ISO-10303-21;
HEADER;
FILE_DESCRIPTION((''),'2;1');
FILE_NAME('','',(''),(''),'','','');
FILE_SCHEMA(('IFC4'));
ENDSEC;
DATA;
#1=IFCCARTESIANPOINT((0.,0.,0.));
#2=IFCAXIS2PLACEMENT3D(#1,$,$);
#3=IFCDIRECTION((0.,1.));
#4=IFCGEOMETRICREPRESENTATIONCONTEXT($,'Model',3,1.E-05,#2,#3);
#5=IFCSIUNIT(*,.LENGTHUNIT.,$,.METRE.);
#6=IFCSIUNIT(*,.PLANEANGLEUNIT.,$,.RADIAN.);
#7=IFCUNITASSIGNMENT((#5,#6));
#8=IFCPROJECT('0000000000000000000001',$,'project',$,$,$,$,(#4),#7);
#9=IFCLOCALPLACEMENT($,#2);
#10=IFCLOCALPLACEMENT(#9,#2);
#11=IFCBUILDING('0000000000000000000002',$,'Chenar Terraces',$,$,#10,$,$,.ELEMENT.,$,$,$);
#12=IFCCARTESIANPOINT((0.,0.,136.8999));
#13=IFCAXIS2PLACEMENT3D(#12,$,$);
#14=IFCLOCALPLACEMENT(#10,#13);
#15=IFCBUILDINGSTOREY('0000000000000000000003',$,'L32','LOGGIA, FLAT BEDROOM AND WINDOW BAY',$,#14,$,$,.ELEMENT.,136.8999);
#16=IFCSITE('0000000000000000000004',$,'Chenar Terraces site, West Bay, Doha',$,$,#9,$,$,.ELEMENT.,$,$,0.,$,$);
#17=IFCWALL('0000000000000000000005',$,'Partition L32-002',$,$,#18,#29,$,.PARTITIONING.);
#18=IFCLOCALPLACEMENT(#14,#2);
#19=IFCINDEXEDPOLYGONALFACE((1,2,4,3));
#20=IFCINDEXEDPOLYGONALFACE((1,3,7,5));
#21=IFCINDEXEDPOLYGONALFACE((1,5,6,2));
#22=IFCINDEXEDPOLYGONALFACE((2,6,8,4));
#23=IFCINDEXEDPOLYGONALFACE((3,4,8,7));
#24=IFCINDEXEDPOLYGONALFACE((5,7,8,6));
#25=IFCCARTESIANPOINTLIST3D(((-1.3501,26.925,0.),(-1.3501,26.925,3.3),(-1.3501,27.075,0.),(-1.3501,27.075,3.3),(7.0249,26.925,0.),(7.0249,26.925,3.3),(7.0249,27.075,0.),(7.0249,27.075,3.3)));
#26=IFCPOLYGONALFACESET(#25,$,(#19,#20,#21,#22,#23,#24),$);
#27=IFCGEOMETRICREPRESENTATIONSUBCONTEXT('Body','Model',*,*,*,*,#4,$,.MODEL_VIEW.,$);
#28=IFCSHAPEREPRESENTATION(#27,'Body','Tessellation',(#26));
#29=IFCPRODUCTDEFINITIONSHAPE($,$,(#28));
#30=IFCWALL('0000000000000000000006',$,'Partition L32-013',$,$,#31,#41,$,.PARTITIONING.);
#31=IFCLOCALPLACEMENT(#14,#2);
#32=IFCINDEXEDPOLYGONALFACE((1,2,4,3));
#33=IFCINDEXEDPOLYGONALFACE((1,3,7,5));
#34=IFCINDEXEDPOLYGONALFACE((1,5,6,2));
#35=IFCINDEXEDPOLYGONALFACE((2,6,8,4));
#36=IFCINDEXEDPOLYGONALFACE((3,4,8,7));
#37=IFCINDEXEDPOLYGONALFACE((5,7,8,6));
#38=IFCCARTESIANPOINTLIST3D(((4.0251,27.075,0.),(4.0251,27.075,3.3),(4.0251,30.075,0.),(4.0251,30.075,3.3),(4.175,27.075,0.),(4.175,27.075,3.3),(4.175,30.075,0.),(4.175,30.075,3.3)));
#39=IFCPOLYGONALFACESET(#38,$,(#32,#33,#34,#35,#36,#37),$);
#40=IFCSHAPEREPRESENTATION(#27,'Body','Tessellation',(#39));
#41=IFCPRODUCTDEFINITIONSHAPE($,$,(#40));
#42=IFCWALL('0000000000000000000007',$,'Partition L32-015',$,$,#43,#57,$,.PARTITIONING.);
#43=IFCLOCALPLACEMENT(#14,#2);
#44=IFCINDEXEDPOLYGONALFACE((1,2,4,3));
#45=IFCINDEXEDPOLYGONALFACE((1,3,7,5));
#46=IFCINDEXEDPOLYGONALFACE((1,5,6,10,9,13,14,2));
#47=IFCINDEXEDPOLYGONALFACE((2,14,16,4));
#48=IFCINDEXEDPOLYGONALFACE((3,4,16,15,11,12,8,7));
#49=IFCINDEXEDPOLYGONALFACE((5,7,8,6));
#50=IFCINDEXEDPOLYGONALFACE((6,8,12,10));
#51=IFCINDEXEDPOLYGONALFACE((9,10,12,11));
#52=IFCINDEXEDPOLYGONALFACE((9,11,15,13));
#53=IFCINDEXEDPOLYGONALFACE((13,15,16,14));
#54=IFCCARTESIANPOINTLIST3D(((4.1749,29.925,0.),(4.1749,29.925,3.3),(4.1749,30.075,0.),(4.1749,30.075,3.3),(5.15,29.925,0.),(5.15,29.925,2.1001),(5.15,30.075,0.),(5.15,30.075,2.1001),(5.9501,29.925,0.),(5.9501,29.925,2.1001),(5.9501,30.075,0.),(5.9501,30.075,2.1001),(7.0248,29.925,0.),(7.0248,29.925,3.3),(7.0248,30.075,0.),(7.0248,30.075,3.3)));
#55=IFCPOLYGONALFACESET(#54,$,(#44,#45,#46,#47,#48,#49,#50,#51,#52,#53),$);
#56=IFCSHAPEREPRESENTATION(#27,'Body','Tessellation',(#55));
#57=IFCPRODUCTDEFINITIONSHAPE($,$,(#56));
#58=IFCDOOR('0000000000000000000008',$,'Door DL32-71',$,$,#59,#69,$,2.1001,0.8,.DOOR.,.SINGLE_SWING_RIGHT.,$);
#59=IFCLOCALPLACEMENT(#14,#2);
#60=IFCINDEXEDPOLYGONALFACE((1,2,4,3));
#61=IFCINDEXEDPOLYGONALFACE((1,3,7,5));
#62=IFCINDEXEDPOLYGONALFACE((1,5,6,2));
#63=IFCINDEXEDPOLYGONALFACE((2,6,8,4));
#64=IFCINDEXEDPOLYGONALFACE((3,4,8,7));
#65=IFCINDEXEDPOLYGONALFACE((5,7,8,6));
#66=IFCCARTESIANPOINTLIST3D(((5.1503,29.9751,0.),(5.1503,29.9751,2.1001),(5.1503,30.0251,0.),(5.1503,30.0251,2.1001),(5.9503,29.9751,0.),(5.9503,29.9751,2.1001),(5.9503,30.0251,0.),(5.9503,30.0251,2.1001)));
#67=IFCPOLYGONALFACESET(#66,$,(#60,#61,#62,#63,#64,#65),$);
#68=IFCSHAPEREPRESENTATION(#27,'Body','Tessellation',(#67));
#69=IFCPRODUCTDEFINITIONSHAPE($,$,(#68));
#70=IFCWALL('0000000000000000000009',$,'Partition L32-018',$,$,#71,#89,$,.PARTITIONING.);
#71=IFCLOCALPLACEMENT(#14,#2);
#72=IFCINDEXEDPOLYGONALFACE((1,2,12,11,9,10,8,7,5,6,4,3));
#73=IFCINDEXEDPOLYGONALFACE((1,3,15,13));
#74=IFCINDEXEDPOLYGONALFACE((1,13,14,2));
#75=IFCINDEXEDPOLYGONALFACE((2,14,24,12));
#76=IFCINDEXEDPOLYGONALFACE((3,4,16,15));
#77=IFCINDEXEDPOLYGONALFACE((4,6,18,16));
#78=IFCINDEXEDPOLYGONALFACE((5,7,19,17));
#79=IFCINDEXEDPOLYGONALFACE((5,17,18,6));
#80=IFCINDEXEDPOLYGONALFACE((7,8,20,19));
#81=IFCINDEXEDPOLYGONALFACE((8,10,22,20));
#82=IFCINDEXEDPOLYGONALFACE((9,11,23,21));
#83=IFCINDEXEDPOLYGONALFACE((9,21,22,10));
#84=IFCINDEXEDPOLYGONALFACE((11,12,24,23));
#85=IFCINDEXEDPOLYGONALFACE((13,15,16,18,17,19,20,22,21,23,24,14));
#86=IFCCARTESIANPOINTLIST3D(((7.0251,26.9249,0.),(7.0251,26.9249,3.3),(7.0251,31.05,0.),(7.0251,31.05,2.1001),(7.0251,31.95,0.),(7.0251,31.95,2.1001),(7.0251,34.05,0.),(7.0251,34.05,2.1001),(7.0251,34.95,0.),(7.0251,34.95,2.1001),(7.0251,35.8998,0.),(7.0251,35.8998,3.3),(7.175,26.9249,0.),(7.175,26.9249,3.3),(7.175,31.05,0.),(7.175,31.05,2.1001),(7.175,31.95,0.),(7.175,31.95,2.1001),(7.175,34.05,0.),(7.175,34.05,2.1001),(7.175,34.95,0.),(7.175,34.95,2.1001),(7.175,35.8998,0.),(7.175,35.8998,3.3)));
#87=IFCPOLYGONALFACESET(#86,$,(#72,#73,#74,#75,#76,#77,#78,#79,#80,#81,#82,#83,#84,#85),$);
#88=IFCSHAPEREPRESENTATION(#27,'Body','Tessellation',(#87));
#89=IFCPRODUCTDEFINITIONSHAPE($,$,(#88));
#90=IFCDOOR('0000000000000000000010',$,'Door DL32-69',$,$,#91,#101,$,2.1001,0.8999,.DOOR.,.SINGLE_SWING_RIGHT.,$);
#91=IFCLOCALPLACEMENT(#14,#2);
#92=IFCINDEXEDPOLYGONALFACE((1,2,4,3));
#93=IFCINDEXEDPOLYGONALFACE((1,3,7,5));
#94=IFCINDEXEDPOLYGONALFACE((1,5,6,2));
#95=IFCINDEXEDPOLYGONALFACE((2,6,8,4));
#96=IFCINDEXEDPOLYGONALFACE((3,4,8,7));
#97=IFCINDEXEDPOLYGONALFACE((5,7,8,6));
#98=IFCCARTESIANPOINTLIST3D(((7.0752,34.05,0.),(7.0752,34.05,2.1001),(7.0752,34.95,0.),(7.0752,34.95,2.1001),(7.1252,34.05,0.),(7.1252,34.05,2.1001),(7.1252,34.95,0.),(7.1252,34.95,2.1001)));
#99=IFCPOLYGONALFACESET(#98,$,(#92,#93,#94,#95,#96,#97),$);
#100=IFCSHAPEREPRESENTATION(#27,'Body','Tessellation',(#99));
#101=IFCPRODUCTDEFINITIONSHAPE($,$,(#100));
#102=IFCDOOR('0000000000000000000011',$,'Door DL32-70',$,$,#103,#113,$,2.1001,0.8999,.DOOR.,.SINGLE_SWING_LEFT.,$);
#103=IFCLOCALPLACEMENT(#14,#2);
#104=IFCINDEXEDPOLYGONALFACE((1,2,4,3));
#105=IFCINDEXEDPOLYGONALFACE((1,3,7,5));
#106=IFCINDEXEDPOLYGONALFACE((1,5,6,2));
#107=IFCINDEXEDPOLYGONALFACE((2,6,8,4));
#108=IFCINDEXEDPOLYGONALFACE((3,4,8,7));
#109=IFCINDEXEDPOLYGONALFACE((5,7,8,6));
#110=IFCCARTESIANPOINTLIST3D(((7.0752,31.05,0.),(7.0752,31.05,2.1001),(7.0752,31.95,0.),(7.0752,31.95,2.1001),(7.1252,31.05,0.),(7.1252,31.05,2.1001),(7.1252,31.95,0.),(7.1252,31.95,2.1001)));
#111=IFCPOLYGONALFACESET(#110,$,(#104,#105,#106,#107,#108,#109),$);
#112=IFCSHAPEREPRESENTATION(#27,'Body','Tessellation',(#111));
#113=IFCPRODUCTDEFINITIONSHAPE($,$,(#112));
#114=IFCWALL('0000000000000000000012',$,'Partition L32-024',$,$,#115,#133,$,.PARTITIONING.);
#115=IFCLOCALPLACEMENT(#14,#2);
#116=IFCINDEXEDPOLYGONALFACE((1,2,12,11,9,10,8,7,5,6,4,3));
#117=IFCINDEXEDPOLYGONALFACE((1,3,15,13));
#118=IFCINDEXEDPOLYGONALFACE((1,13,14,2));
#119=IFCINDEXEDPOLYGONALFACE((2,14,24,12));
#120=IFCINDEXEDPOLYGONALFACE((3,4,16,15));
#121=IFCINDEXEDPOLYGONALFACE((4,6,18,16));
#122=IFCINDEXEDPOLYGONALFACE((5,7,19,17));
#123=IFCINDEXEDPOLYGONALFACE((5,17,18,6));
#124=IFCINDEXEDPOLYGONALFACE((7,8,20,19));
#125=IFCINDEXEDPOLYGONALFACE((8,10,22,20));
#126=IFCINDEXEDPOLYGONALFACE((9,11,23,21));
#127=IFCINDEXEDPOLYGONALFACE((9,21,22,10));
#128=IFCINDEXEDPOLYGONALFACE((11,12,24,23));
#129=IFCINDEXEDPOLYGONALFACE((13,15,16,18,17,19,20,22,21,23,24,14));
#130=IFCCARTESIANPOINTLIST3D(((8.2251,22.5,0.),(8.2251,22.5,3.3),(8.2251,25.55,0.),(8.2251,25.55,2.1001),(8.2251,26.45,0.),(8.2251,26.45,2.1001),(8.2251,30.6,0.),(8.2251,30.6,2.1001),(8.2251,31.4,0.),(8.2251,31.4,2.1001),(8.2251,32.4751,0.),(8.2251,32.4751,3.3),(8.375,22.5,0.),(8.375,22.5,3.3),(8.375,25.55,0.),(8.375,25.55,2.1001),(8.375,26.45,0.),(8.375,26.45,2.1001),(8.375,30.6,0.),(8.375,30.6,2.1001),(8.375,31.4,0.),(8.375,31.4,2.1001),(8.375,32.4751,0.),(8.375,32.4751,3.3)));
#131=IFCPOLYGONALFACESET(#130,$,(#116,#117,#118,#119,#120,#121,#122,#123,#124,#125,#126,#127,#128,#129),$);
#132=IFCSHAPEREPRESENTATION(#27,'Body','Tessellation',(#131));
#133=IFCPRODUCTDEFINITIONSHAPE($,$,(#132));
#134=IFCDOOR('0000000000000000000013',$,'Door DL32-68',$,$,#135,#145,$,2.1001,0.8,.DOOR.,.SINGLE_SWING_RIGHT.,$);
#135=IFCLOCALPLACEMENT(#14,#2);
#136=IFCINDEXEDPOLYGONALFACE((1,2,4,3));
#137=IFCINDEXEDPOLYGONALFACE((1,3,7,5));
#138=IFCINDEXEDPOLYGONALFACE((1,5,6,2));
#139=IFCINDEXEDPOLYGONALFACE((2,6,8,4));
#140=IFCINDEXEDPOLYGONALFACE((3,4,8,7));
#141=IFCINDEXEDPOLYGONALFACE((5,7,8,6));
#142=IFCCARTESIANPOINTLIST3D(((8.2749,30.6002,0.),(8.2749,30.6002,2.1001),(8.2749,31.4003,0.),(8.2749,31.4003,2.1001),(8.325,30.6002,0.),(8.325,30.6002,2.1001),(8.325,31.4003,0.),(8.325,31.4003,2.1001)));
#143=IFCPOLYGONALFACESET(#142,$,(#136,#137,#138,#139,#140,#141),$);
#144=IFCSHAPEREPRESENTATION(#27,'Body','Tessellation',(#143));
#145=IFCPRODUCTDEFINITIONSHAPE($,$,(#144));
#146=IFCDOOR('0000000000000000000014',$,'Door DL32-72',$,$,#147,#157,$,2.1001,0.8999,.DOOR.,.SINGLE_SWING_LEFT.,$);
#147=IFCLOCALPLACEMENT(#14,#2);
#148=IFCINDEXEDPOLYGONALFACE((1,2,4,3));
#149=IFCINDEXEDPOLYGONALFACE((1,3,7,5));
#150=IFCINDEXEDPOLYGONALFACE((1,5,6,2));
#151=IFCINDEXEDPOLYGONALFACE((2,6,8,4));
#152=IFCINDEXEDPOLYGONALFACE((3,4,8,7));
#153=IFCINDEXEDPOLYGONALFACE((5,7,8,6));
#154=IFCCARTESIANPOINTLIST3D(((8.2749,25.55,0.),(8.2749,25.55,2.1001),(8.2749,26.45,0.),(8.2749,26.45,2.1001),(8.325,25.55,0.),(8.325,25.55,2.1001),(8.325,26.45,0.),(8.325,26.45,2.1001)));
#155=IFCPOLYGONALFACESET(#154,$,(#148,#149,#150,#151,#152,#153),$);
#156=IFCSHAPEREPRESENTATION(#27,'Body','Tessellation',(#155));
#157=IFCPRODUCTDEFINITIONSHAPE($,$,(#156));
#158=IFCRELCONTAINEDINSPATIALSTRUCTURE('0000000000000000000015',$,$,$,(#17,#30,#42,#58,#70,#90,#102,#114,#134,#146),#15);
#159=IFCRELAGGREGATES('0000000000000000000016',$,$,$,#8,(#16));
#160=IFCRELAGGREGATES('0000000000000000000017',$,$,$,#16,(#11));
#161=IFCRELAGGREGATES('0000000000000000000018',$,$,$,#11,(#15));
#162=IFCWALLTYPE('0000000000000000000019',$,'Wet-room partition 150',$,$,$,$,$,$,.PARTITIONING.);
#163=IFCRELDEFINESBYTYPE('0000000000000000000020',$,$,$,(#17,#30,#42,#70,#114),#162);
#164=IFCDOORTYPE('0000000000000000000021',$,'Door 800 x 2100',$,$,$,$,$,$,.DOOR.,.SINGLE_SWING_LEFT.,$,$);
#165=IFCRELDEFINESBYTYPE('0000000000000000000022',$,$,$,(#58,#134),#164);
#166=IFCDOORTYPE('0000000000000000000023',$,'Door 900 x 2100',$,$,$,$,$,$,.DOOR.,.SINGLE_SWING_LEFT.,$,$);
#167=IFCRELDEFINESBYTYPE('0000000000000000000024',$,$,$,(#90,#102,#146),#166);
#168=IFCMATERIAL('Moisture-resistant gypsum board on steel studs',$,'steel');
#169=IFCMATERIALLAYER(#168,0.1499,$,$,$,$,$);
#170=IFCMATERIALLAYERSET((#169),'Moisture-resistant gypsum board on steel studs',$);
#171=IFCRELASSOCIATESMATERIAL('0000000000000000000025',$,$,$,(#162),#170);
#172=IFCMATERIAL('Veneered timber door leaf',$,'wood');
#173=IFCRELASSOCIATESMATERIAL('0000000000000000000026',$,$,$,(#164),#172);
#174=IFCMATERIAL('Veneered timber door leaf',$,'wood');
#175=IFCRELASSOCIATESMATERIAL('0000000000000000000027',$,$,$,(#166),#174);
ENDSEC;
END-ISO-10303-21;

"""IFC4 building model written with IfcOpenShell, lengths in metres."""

from ifc_helpers import new_model, si_unit, direction, frame, frame_2d, origin, place, context, subcontext, project, spatial, rectangle, extrude, material, layer, layer_set, type_object, element, fill, save


model = new_model("IFC4")

# Units and contexts
model_context = context("Model", 3, precision=1e-05, world=origin(), true_north=direction((0.0, 1.0)))
body_context = subcontext(model_context, "Body", "Model", "MODEL_VIEW")
ifc_project = project(units=[si_unit("LENGTHUNIT", "METRE"), si_unit("PLANEANGLEUNIT", "RADIAN")], contexts=[model_context])

# Site, building, storey
site_placement = place(None, origin())
site = spatial("IfcSite", under=ifc_project, at=site_placement, Name="Chenar Terraces site, West Bay, Doha", CompositionType="ELEMENT", RefElevation=0.0)
building_placement = place(site_placement, origin())
building = spatial("IfcBuilding", under=site, at=building_placement, Name="Chenar Terraces", CompositionType="ELEMENT")
storey_placement = place(building_placement, frame((0.0, 0.0, 136.8999)))
storey = spatial("IfcBuildingStorey", under=building, at=storey_placement, Name="L32", Description="LOGGIA, FLAT BEDROOM AND WINDOW BAY", CompositionType="ELEMENT", Elevation=136.8999)

# Walls
ifc_material_1 = material(Name="Moisture-resistant gypsum board on steel studs", Category="steel")
ifc_layer_1 = layer(ifc_material_1, 0.1499)
ifc_layer_set_1 = layer_set([ifc_layer_1], Name="Moisture-resistant gypsum board on steel studs")
wall_type_1 = type_object("IfcWallType", Name="Wet-room partition 150", PredefinedType="PARTITIONING", material=ifc_layer_set_1)
wall_1_placement = place(storey_placement, frame((-1.3501, 27.0, 0.0), z_axis=(0.0, 0.0, 1.0), x_axis=(1.0, 0.0, 0.0)))
element("IfcWall", 1, at=wall_1_placement, inside=storey, type_object=wall_type_1, Name="Partition L32-002", PredefinedType="PARTITIONING", context=body_context, shape_type="SweptSolid", body=[
    extrude(rectangle(XDim=8.375, YDim=0.1499, at=frame_2d((4.1875, 0.0))), origin(), (0.0, 0.0, 1.0), 3.3),
])
wall_2_placement = place(storey_placement, frame((4.1001, 27.075, 0.0), z_axis=(0.0, 0.0, 1.0), x_axis=(0.0, 1.0, 0.0)))
element("IfcWall", 2, at=wall_2_placement, inside=storey, type_object=wall_type_1, Name="Partition L32-013", PredefinedType="PARTITIONING", context=body_context, shape_type="SweptSolid", body=[
    extrude(rectangle(XDim=3.0, YDim=0.1499, at=frame_2d((1.5, 0.0))), origin(), (0.0, 0.0, 1.0), 3.3),
])

# Wall, opening, door
wall_3_placement = place(storey_placement, frame((4.175, 30.0, 0.0), z_axis=(0.0, 0.0, 1.0), x_axis=(1.0, 0.0, 0.0)))
wall_3 = element("IfcWall", 3, at=wall_3_placement, inside=storey, type_object=wall_type_1, Name="Partition L32-015", PredefinedType="PARTITIONING", context=body_context, shape_type="SweptSolid", body=[
    extrude(rectangle(XDim=2.8499, YDim=0.1499, at=frame_2d((1.4248, 0.0))), origin(), (0.0, 0.0, 1.0), 3.3),
])
opening_1_placement = place(wall_3_placement, frame((0.9751, 0.0, 0.0)))
opening_1 = element("IfcOpeningElement", 4, at=opening_1_placement, cuts=wall_3, PredefinedType="OPENING", context=body_context, shape_type="SweptSolid", body=[
    extrude(rectangle(XDim=0.8, YDim=2.1001, at=frame_2d((0.3999, 1.05))), frame((0.0, 0.085, 0.0), z_axis=(0.0, -1.0, 0.0), x_axis=(1.0, 0.0, 0.0)), (0.0, 0.0, 1.0), 0.1699),
])
ifc_material_2 = material(Name="Veneered timber door leaf", Category="wood")
door_type_1 = type_object("IfcDoorType", Name="Door 800 x 2100", OperationType="SINGLE_SWING_LEFT", PredefinedType="DOOR", material=ifc_material_2)
door_1_placement = place(opening_1_placement, frame((0.8, 0.0, 0.0), z_axis=(0.0, 0.0, 1.0), x_axis=(-1.0, 0.0, 0.0)))
door_1 = element("IfcDoor", 5, at=door_1_placement, inside=storey, type_object=door_type_1, Name="Door DL32-71", OperationType="SINGLE_SWING_RIGHT", OverallHeight=2.1001, OverallWidth=0.8, PredefinedType="DOOR", context=body_context, shape_type="SweptSolid", body=[
    extrude(rectangle(XDim=0.8, YDim=2.1001, at=frame_2d((0.3999, 1.05))), frame((0.0, 0.0249, 0.0), z_axis=(0.0, -1.0, 0.0), x_axis=(1.0, 0.0, 0.0)), (0.0, 0.0, 1.0), 0.05),
])
fill(opening_1, door_1)

# Walls, openings, doors
wall_4_placement = place(storey_placement, frame((7.1001, 26.925, 0.0), z_axis=(0.0, 0.0, 1.0), x_axis=(0.0, 1.0, 0.0)))
wall_4 = element("IfcWall", 6, at=wall_4_placement, inside=storey, type_object=wall_type_1, Name="Partition L32-018", PredefinedType="PARTITIONING", context=body_context, shape_type="SweptSolid", body=[
    extrude(rectangle(XDim=8.9749, YDim=0.1499, at=frame_2d((4.4873, 0.0))), origin(), (0.0, 0.0, 1.0), 3.3),
])
opening_2_placement = place(wall_4_placement, frame((7.125, 0.0, 0.0)))
opening_2 = element("IfcOpeningElement", 7, at=opening_2_placement, cuts=wall_4, PredefinedType="OPENING", context=body_context, shape_type="SweptSolid", body=[
    extrude(rectangle(XDim=0.8999, YDim=2.1001, at=frame_2d((0.45, 1.05))), frame((0.0, 0.085, 0.0), z_axis=(0.0, -1.0, 0.0), x_axis=(1.0, 0.0, 0.0)), (0.0, 0.0, 1.0), 0.1699),
])
opening_3_placement = place(wall_4_placement, frame((4.125, 0.0, 0.0)))
opening_3 = element("IfcOpeningElement", 8, at=opening_3_placement, cuts=wall_4, PredefinedType="OPENING", context=body_context, shape_type="SweptSolid", body=[
    extrude(rectangle(XDim=0.8999, YDim=2.1001, at=frame_2d((0.45, 1.05))), frame((0.0, 0.085, 0.0), z_axis=(0.0, -1.0, 0.0), x_axis=(1.0, 0.0, 0.0)), (0.0, 0.0, 1.0), 0.1699),
])
ifc_material_3 = material(Name="Veneered timber door leaf", Category="wood")
door_type_2 = type_object("IfcDoorType", Name="Door 900 x 2100", OperationType="SINGLE_SWING_LEFT", PredefinedType="DOOR", material=ifc_material_3)
door_2_placement = place(opening_2_placement, origin())
door_2 = element("IfcDoor", 9, at=door_2_placement, inside=storey, type_object=door_type_2, Name="Door DL32-69", OperationType="SINGLE_SWING_RIGHT", OverallHeight=2.1001, OverallWidth=0.8999, PredefinedType="DOOR", context=body_context, shape_type="SweptSolid", body=[
    extrude(rectangle(XDim=0.8999, YDim=2.1001, at=frame_2d((0.45, 1.05))), frame((0.0, 0.0249, 0.0), z_axis=(0.0, -1.0, 0.0), x_axis=(1.0, 0.0, 0.0)), (0.0, 0.0, 1.0), 0.05),
])
fill(opening_2, door_2)
door_3_placement = place(opening_3_placement, origin())
door_3 = element("IfcDoor", 10, at=door_3_placement, inside=storey, type_object=door_type_2, Name="Door DL32-70", OperationType="SINGLE_SWING_LEFT", OverallHeight=2.1001, OverallWidth=0.8999, PredefinedType="DOOR", context=body_context, shape_type="SweptSolid", body=[
    extrude(rectangle(XDim=0.8999, YDim=2.1001, at=frame_2d((0.45, 1.05))), frame((0.0, 0.0249, 0.0), z_axis=(0.0, -1.0, 0.0), x_axis=(1.0, 0.0, 0.0)), (0.0, 0.0, 1.0), 0.05),
])
fill(opening_3, door_3)
wall_5_placement = place(storey_placement, frame((8.3, 22.5, 0.0), z_axis=(0.0, 0.0, 1.0), x_axis=(0.0, 1.0, 0.0)))
wall_5 = element("IfcWall", 11, at=wall_5_placement, inside=storey, type_object=wall_type_1, Name="Partition L32-024", PredefinedType="PARTITIONING", context=body_context, shape_type="SweptSolid", body=[
    extrude(rectangle(XDim=9.9751, YDim=0.1499, at=frame_2d((4.9875, 0.0))), origin(), (0.0, 0.0, 1.0), 3.3),
])
opening_4_placement = place(wall_5_placement, frame((8.1001, 0.0, 0.0)))
opening_4 = element("IfcOpeningElement", 12, at=opening_4_placement, cuts=wall_5, PredefinedType="OPENING", context=body_context, shape_type="SweptSolid", body=[
    extrude(rectangle(XDim=0.8, YDim=2.1001, at=frame_2d((0.3999, 1.05))), frame((0.0, 0.085, 0.0), z_axis=(0.0, -1.0, 0.0), x_axis=(1.0, 0.0, 0.0)), (0.0, 0.0, 1.0), 0.1699),
])
opening_5_placement = place(wall_5_placement, frame((3.05, 0.0, 0.0)))
opening_5 = element("IfcOpeningElement", 13, at=opening_5_placement, cuts=wall_5, PredefinedType="OPENING", context=body_context, shape_type="SweptSolid", body=[
    extrude(rectangle(XDim=0.8999, YDim=2.1001, at=frame_2d((0.45, 1.05))), frame((0.0, 0.085, 0.0), z_axis=(0.0, -1.0, 0.0), x_axis=(1.0, 0.0, 0.0)), (0.0, 0.0, 1.0), 0.1699),
])
door_4_placement = place(opening_4_placement, frame((0.8, 0.0, 0.0), z_axis=(0.0, 0.0, 1.0), x_axis=(-1.0, 0.0, 0.0)))
door_4 = element("IfcDoor", 14, at=door_4_placement, inside=storey, type_object=door_type_1, Name="Door DL32-68", OperationType="SINGLE_SWING_RIGHT", OverallHeight=2.1001, OverallWidth=0.8, PredefinedType="DOOR", context=body_context, shape_type="SweptSolid", body=[
    extrude(rectangle(XDim=0.8, YDim=2.1001, at=frame_2d((0.3999, 1.05))), frame((0.0, 0.0249, 0.0), z_axis=(0.0, -1.0, 0.0), x_axis=(1.0, 0.0, 0.0)), (0.0, 0.0, 1.0), 0.05),
])
fill(opening_4, door_4)
door_5_placement = place(opening_5_placement, frame((0.8999, 0.0, 0.0), z_axis=(0.0, 0.0, 1.0), x_axis=(-1.0, 0.0, 0.0)))
door_5 = element("IfcDoor", 15, at=door_5_placement, inside=storey, type_object=door_type_2, Name="Door DL32-72", OperationType="SINGLE_SWING_LEFT", OverallHeight=2.1001, OverallWidth=0.8999, PredefinedType="DOOR", context=body_context, shape_type="SweptSolid", body=[
    extrude(rectangle(XDim=0.8999, YDim=2.1001, at=frame_2d((0.45, 1.05))), frame((0.0, 0.0249, 0.0), z_axis=(0.0, -1.0, 0.0), x_axis=(1.0, 0.0, 0.0)), (0.0, 0.0, 1.0), 0.05),
])
fill(opening_5, door_5)

save(model, "model.ifc")
